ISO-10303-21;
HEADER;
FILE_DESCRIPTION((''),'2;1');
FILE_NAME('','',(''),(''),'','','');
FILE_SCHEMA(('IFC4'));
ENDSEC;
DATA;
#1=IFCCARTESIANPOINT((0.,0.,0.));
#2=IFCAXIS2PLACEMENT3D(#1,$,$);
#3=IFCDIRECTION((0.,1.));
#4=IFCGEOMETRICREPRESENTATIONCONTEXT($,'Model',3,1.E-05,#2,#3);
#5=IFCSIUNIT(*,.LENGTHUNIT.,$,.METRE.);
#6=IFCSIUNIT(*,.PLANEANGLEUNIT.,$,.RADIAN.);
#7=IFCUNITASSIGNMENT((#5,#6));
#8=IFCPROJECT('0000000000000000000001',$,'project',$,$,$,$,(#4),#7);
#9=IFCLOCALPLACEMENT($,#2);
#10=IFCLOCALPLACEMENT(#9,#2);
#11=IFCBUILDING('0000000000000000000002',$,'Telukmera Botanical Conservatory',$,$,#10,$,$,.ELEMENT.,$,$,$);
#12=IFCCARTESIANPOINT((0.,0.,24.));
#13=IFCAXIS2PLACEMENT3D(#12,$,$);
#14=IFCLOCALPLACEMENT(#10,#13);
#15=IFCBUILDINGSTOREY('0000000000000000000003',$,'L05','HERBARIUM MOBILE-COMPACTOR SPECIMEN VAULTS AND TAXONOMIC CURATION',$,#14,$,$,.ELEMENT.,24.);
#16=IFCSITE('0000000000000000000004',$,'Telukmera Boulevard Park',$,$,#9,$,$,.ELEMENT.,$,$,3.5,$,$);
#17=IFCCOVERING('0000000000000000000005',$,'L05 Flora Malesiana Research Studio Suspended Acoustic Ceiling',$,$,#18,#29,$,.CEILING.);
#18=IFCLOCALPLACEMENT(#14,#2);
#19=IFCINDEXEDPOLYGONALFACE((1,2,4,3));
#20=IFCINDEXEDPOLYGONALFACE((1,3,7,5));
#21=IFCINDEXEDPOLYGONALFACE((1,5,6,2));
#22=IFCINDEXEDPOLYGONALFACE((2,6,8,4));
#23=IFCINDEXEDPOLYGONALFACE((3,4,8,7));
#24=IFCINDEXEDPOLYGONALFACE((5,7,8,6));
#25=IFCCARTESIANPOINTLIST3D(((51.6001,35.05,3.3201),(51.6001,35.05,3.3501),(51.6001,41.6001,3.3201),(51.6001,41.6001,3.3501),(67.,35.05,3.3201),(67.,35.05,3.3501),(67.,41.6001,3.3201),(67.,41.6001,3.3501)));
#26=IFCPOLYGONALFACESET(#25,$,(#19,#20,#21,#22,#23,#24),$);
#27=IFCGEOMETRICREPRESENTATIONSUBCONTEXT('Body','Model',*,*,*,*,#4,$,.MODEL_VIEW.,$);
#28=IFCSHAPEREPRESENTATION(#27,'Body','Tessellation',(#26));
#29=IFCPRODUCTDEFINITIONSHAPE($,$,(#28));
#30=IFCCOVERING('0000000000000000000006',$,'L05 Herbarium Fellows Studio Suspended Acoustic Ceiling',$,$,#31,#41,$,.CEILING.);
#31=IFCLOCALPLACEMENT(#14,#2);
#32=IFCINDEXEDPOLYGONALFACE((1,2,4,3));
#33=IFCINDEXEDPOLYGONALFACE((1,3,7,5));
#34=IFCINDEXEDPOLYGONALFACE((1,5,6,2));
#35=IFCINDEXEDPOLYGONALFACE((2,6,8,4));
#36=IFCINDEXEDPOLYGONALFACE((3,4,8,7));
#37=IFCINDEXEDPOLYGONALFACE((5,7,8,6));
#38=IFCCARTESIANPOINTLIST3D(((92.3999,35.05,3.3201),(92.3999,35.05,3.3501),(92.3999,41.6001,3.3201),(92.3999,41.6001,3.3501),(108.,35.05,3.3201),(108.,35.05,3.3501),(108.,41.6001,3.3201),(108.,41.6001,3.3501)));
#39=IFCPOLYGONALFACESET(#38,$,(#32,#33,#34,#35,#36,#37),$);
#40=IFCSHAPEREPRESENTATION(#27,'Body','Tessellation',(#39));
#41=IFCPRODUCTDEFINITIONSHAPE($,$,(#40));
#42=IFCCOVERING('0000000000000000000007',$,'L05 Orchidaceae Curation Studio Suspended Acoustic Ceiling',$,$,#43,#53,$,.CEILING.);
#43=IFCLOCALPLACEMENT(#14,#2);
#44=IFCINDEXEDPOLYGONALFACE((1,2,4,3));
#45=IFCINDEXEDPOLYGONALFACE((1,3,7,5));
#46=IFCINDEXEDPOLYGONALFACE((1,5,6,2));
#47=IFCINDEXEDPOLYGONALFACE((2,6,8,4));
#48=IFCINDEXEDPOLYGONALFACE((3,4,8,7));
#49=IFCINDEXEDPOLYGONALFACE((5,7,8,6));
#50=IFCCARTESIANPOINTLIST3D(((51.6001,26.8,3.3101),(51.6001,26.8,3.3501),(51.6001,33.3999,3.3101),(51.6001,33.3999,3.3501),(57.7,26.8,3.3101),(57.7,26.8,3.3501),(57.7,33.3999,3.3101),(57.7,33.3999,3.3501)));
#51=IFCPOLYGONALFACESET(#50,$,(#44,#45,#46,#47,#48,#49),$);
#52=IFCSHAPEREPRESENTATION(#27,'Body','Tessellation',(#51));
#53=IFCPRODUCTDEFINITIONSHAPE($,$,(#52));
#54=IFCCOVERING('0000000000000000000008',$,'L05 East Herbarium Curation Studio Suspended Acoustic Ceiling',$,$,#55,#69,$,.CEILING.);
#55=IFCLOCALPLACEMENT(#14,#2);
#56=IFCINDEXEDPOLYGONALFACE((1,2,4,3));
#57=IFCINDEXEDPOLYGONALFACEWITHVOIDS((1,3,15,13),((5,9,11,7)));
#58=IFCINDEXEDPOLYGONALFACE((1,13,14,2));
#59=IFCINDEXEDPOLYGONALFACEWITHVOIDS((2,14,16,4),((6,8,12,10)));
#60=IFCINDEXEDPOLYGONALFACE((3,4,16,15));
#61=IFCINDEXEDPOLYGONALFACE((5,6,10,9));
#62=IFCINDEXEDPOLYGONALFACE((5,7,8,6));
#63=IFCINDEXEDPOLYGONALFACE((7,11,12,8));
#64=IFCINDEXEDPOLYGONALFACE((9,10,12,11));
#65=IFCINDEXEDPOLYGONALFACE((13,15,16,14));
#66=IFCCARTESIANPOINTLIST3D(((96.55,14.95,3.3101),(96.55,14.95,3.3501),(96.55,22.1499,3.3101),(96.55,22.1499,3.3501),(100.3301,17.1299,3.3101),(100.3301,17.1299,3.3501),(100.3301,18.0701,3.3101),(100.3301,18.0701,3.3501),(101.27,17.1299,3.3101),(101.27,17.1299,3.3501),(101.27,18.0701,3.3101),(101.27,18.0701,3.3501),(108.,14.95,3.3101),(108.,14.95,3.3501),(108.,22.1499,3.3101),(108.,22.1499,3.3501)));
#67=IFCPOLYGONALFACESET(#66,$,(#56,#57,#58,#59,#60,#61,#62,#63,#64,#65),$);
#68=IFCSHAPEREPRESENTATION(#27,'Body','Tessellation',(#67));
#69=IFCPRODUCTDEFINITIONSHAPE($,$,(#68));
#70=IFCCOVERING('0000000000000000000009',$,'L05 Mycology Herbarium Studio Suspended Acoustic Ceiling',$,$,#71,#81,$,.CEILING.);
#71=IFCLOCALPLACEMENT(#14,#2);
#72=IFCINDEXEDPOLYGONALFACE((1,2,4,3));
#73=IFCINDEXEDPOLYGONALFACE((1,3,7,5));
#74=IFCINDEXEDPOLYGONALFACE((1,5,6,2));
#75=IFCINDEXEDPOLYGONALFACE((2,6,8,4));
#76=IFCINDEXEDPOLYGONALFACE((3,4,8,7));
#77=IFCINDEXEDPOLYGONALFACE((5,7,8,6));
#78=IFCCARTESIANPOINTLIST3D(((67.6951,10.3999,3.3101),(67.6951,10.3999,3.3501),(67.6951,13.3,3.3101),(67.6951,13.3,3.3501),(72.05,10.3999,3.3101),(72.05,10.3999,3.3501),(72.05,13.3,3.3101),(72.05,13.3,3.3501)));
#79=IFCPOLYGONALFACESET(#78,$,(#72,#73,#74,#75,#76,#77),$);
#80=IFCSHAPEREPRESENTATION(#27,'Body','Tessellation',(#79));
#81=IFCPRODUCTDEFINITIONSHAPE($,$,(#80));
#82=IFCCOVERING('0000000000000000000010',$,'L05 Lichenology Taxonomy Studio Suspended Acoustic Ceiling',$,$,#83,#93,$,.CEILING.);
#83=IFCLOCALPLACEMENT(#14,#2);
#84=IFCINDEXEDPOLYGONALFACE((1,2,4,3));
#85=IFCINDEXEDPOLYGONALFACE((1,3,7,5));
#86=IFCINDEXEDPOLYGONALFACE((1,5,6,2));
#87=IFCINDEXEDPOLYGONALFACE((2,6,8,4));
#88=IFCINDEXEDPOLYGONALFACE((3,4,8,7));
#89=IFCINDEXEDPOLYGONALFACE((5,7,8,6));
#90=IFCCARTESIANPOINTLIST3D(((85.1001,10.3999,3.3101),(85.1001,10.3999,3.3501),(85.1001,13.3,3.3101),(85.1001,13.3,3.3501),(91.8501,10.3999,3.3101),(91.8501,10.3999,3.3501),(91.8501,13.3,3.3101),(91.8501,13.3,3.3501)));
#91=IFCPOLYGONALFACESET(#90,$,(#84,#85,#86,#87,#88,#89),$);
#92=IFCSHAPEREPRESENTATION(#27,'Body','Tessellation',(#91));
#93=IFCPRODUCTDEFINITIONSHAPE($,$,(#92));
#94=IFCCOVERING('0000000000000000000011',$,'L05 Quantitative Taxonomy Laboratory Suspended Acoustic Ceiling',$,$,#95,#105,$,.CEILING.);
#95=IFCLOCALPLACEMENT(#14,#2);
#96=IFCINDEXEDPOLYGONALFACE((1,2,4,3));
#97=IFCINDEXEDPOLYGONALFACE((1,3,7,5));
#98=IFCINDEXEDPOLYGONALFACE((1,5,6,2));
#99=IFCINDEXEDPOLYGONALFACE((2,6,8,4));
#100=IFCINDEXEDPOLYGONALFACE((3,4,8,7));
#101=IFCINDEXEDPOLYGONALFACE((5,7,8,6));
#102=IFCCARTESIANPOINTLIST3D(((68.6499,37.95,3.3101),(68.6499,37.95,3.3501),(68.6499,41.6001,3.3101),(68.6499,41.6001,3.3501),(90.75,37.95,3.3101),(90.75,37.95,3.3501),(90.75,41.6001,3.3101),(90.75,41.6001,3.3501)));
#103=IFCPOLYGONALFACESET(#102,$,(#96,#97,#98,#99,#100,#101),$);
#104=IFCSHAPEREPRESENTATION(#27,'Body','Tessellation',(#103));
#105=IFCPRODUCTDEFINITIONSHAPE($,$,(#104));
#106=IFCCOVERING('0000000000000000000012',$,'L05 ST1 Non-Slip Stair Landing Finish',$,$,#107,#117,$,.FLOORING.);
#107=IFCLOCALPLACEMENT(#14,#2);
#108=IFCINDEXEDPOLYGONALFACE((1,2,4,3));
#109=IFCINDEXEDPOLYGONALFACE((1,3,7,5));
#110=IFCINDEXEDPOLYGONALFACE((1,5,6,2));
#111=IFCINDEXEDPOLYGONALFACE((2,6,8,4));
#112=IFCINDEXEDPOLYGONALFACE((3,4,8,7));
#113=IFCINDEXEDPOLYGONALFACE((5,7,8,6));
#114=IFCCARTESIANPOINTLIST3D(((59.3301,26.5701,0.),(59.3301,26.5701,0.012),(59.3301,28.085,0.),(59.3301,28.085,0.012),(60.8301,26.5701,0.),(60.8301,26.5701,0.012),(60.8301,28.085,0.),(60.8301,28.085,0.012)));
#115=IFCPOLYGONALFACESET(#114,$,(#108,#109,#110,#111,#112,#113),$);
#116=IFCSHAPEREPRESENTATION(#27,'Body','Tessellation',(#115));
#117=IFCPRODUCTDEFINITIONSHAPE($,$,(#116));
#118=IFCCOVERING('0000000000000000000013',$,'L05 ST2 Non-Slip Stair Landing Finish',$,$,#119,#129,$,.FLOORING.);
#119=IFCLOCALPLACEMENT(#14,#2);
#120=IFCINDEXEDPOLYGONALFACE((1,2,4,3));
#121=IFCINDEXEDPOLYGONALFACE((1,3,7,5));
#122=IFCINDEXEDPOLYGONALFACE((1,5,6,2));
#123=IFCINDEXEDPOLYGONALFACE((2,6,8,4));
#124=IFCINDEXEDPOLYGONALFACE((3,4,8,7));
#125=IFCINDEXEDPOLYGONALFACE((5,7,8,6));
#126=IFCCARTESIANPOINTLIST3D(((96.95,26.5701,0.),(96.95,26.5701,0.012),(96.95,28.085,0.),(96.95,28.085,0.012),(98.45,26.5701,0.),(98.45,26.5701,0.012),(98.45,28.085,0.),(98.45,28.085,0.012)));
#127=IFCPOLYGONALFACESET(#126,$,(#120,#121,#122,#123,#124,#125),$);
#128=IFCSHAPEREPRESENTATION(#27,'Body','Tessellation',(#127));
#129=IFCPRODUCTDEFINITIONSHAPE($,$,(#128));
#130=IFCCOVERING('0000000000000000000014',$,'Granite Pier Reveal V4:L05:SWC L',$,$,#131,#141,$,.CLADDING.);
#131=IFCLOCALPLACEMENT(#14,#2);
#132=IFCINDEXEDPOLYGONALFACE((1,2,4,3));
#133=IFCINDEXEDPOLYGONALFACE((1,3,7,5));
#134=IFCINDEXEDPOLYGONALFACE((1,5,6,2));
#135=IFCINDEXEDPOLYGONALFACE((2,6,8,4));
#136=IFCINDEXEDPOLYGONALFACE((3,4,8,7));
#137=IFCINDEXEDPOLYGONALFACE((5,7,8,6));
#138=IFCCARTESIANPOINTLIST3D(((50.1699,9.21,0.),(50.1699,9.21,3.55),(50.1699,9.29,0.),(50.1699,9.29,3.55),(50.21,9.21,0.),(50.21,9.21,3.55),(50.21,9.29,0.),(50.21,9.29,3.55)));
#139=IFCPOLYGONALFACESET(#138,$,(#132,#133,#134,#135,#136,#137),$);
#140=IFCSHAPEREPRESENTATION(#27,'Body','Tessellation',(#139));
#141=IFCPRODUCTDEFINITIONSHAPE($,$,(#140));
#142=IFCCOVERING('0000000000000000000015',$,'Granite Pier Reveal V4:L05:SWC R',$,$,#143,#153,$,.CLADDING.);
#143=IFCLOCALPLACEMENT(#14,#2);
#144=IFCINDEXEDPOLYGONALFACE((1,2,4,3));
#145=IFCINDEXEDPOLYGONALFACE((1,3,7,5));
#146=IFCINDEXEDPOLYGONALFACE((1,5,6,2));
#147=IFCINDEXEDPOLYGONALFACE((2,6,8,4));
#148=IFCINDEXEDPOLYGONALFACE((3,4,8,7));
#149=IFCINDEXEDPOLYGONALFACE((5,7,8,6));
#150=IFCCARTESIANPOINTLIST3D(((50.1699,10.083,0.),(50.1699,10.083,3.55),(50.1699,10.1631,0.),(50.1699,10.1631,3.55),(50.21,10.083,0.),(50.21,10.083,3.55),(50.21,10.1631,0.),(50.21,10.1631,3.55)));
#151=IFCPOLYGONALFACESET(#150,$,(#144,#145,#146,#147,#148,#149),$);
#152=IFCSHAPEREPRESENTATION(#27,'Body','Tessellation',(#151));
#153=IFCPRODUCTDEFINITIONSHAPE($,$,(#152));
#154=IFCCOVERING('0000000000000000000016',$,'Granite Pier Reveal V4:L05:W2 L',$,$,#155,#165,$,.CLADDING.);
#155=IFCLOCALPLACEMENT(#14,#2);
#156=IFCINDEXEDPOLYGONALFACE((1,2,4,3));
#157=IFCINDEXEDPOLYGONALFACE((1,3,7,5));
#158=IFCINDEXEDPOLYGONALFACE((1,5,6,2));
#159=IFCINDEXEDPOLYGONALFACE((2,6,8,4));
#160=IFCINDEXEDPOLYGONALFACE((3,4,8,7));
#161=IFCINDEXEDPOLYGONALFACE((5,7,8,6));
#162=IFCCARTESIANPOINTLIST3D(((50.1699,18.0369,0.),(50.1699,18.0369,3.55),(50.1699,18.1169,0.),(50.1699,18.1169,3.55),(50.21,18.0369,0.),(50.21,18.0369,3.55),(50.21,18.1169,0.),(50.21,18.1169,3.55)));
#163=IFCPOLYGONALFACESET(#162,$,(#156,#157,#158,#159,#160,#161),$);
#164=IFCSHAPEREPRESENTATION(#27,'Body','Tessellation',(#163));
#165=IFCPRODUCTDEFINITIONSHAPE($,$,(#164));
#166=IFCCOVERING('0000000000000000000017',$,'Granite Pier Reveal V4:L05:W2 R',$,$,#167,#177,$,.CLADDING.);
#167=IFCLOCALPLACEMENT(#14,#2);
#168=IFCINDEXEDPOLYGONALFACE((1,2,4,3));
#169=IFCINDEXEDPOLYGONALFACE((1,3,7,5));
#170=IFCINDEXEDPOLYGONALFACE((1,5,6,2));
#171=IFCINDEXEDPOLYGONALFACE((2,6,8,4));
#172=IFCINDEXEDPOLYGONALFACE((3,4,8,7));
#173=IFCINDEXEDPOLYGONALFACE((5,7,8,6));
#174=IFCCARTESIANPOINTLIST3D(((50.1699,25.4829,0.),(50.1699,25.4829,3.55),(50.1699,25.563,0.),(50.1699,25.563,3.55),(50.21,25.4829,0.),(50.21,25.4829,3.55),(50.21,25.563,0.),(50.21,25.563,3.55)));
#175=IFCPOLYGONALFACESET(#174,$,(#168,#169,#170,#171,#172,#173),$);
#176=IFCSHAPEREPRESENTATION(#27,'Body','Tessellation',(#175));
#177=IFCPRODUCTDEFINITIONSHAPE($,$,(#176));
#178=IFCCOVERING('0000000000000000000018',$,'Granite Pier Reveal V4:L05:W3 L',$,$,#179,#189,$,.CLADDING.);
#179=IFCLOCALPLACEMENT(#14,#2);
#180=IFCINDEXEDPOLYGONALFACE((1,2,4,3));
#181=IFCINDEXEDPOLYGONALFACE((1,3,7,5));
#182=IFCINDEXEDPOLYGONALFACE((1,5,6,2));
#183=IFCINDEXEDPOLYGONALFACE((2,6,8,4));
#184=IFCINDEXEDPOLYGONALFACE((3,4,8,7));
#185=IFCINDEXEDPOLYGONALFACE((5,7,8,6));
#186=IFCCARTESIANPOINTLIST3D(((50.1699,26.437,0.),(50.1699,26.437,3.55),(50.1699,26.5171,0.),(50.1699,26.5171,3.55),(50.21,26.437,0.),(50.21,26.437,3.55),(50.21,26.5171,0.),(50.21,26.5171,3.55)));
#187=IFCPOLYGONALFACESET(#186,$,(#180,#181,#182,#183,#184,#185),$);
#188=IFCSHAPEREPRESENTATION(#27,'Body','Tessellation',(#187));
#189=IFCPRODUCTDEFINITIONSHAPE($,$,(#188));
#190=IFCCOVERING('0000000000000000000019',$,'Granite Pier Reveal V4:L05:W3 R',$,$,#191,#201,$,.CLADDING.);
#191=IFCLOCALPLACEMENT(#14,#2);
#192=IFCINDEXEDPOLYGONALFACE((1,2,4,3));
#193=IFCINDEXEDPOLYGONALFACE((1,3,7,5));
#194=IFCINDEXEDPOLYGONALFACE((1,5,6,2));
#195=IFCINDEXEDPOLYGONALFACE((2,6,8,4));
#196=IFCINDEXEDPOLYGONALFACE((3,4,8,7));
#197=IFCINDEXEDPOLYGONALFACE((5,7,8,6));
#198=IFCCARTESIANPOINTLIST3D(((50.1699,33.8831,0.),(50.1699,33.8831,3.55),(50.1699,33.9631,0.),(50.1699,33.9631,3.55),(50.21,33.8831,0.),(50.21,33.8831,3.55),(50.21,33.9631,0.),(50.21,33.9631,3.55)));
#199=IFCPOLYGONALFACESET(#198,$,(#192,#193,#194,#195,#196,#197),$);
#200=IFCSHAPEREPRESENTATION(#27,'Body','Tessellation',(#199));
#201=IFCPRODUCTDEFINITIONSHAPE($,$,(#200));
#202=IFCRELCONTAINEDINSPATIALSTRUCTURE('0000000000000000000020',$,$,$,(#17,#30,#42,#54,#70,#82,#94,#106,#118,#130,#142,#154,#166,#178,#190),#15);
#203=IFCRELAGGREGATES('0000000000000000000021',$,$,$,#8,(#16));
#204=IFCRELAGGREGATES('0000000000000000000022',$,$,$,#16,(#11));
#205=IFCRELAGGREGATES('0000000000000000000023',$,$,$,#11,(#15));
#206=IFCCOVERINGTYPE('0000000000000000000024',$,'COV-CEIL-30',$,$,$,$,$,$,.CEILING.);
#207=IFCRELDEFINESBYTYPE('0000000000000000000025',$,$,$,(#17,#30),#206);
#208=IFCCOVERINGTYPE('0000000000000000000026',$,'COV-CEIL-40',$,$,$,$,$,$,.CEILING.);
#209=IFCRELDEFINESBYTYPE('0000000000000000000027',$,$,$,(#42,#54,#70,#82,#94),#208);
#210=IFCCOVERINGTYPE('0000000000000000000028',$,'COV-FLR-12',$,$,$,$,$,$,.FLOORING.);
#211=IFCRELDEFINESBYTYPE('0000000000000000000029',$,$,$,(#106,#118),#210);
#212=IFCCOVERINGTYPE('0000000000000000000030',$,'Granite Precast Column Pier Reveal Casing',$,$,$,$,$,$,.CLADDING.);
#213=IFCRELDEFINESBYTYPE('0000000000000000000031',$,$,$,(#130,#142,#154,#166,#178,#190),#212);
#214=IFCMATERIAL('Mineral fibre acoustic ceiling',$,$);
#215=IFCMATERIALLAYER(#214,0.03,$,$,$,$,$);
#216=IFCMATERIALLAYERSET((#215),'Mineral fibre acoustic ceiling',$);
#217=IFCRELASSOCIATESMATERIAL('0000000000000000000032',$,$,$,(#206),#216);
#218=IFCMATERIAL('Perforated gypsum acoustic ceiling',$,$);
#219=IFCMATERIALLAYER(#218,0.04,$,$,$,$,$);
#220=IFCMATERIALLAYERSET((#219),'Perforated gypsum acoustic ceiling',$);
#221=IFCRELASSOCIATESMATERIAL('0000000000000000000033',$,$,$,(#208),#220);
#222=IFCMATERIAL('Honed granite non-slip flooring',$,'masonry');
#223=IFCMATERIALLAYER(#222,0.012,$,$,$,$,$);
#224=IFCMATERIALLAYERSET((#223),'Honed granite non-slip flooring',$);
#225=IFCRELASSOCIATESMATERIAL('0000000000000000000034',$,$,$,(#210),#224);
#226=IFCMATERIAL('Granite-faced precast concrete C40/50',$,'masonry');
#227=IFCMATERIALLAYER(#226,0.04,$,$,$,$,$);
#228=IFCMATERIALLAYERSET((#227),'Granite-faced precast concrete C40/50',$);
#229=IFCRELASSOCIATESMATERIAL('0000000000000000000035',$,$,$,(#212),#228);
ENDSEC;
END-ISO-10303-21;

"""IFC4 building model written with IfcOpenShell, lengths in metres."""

from ifc_helpers import new_model, si_unit, direction, frame, origin, origin_2d, place, context, subcontext, project, spatial, polyline, rectangle, outline, extrude, material, layer, layer_set, type_object, element, save


model = new_model("IFC4")

# Units and contexts
model_context = context("Model", 3, precision=1e-05, world=origin(), true_north=direction((0.0, 1.0)))
body_context = subcontext(model_context, "Body", "Model", "MODEL_VIEW")
ifc_project = project(units=[si_unit("LENGTHUNIT", "METRE"), si_unit("PLANEANGLEUNIT", "RADIAN")], contexts=[model_context])

# Site, building, storey
site_placement = place(None, origin())
site = spatial("IfcSite", under=ifc_project, at=site_placement, Name="Telukmera Boulevard Park", CompositionType="ELEMENT", RefElevation=3.5)
building_placement = place(site_placement, origin())
building = spatial("IfcBuilding", under=site, at=building_placement, Name="Telukmera Botanical Conservatory", CompositionType="ELEMENT")
storey_placement = place(building_placement, frame((0.0, 0.0, 24.0)))
storey = spatial("IfcBuildingStorey", under=building, at=storey_placement, Name="L05", Description="HERBARIUM MOBILE-COMPACTOR SPECIMEN VAULTS AND TAXONOMIC CURATION", CompositionType="ELEMENT", Elevation=24.0)

# Coverings
ifc_material_1 = material(Name="Mineral fibre acoustic ceiling")
ifc_layer_1 = layer(ifc_material_1, 0.03)
ifc_layer_set_1 = layer_set([ifc_layer_1], Name="Mineral fibre acoustic ceiling")
covering_type_1 = type_object("IfcCoveringType", Name="COV-CEIL-30", PredefinedType="CEILING", material=ifc_layer_set_1)
covering_1_placement = place(storey_placement, frame((0.0, 0.0, 3.3201)))
element("IfcCovering", 1, at=covering_1_placement, inside=storey, type_object=covering_type_1, Name="L05 Flora Malesiana Research Studio Suspended Acoustic Ceiling", PredefinedType="CEILING", context=body_context, shape_type="SweptSolid", body=[
    extrude(outline(polyline([(51.6001, 35.05), (67.0, 35.05), (67.0, 41.6001), (51.6001, 41.6001), (51.6001, 35.05)])), origin(), (0.0, 0.0, 1.0), 0.03),
])
covering_2_placement = place(storey_placement, frame((0.0, 0.0, 3.3201)))
element("IfcCovering", 2, at=covering_2_placement, inside=storey, type_object=covering_type_1, Name="L05 Herbarium Fellows Studio Suspended Acoustic Ceiling", PredefinedType="CEILING", context=body_context, shape_type="SweptSolid", body=[
    extrude(outline(polyline([(92.3999, 35.05), (108.0, 35.05), (108.0, 41.6001), (92.3999, 41.6001), (92.3999, 35.05)])), origin(), (0.0, 0.0, 1.0), 0.03),
])
ifc_material_2 = material(Name="Perforated gypsum acoustic ceiling")
ifc_layer_2 = layer(ifc_material_2, 0.04)
ifc_layer_set_2 = layer_set([ifc_layer_2], Name="Perforated gypsum acoustic ceiling")
covering_type_2 = type_object("IfcCoveringType", Name="COV-CEIL-40", PredefinedType="CEILING", material=ifc_layer_set_2)
covering_3_placement = place(storey_placement, frame((0.0, 0.0, 3.3101)))
element("IfcCovering", 3, at=covering_3_placement, inside=storey, type_object=covering_type_2, Name="L05 Orchidaceae Curation Studio Suspended Acoustic Ceiling", PredefinedType="CEILING", context=body_context, shape_type="SweptSolid", body=[
    extrude(outline(polyline([(51.6001, 26.8), (57.7, 26.8), (57.7, 33.3999), (51.6001, 33.3999), (51.6001, 26.8)])), origin(), (0.0, 0.0, 1.0), 0.04),
])
covering_4_placement = place(storey_placement, frame((0.0, 0.0, 3.3101)))
element("IfcCovering", 4, at=covering_4_placement, inside=storey, type_object=covering_type_2, Name="L05 East Herbarium Curation Studio Suspended Acoustic Ceiling", PredefinedType="CEILING", context=body_context, shape_type="SweptSolid", body=[
    extrude(outline(polyline([(96.55, 14.95), (108.0, 14.95), (108.0, 22.1499), (96.55, 22.1499), (96.55, 14.95)]), holes=[polyline([(100.3301, 17.1299), (101.27, 17.1299), (101.27, 18.0701), (100.3301, 18.0701), (100.3301, 17.1299)])]), origin(), (0.0, 0.0, 1.0), 0.04),
])
covering_5_placement = place(storey_placement, frame((0.0, 0.0, 3.3101)))
element("IfcCovering", 5, at=covering_5_placement, inside=storey, type_object=covering_type_2, Name="L05 Mycology Herbarium Studio Suspended Acoustic Ceiling", PredefinedType="CEILING", context=body_context, shape_type="SweptSolid", body=[
    extrude(outline(polyline([(67.6951, 10.3999), (72.05, 10.3999), (72.05, 13.3), (67.6951, 13.3), (67.6951, 10.3999)])), origin(), (0.0, 0.0, 1.0), 0.04),
])
covering_6_placement = place(storey_placement, frame((0.0, 0.0, 3.3101)))
element("IfcCovering", 6, at=covering_6_placement, inside=storey, type_object=covering_type_2, Name="L05 Lichenology Taxonomy Studio Suspended Acoustic Ceiling", PredefinedType="CEILING", context=body_context, shape_type="SweptSolid", body=[
    extrude(outline(polyline([(85.1001, 10.3999), (91.8501, 10.3999), (91.8501, 13.3), (85.1001, 13.3), (85.1001, 10.3999)])), origin(), (0.0, 0.0, 1.0), 0.04),
])
covering_7_placement = place(storey_placement, frame((0.0, 0.0, 3.3101)))
element("IfcCovering", 7, at=covering_7_placement, inside=storey, type_object=covering_type_2, Name="L05 Quantitative Taxonomy Laboratory Suspended Acoustic Ceiling", PredefinedType="CEILING", context=body_context, shape_type="SweptSolid", body=[
    extrude(outline(polyline([(68.6499, 37.95), (90.75, 37.95), (90.75, 41.6001), (68.6499, 41.6001), (68.6499, 37.95)])), origin(), (0.0, 0.0, 1.0), 0.04),
])
ifc_material_3 = material(Name="Honed granite non-slip flooring", Category="masonry")
ifc_layer_3 = layer(ifc_material_3, 0.012)
ifc_layer_set_3 = layer_set([ifc_layer_3], Name="Honed granite non-slip flooring")
covering_type_3 = type_object("IfcCoveringType", Name="COV-FLR-12", PredefinedType="FLOORING", material=ifc_layer_set_3)
covering_8_placement = place(storey_placement, origin())
element("IfcCovering", 8, at=covering_8_placement, inside=storey, type_object=covering_type_3, Name="L05 ST1 Non-Slip Stair Landing Finish", PredefinedType="FLOORING", context=body_context, shape_type="SweptSolid", body=[
    extrude(outline(polyline([(60.8301, 26.5701), (60.8301, 28.085), (59.3301, 28.085), (59.3301, 26.5701), (60.8301, 26.5701)])), origin(), (0.0, 0.0, 1.0), 0.012),
])
covering_9_placement = place(storey_placement, origin())
element("IfcCovering", 9, at=covering_9_placement, inside=storey, type_object=covering_type_3, Name="L05 ST2 Non-Slip Stair Landing Finish", PredefinedType="FLOORING", context=body_context, shape_type="SweptSolid", body=[
    extrude(outline(polyline([(98.45, 26.5701), (98.45, 28.085), (96.95, 28.085), (96.95, 26.5701), (98.45, 26.5701)])), origin(), (0.0, 0.0, 1.0), 0.012),
])
ifc_material_4 = material(Name="Granite-faced precast concrete C40/50", Category="masonry")
ifc_layer_4 = layer(ifc_material_4, 0.04)
ifc_layer_set_4 = layer_set([ifc_layer_4], Name="Granite-faced precast concrete C40/50")
covering_type_4 = type_object("IfcCoveringType", Name="Granite Precast Column Pier Reveal Casing", PredefinedType="CLADDING", material=ifc_layer_set_4)
for number, where, z_axis, x_axis, name in (
    (10, (50.1899, 9.25, 0.0), (0.0, 0.0, 1.0), (0.0, 1.0, 0.0), "Granite Pier Reveal V4:L05:SWC L"),
    (11, (50.1899, 10.123, 0.0), (0.0, 0.0, 1.0), (0.0, 1.0, 0.0), "Granite Pier Reveal V4:L05:SWC R"),
    (12, (50.1899, 18.0769, 0.0), (0.0, 0.0, 1.0), (0.0, 1.0, 0.0), "Granite Pier Reveal V4:L05:W2 L"),
    (13, (50.1899, 25.5229, 0.0), (0.0, 0.0, 1.0), (0.0, 1.0, 0.0), "Granite Pier Reveal V4:L05:W2 R"),
    (14, (50.1899, 26.4771, 0.0), (0.0, 0.0, 1.0), (0.0, 1.0, 0.0), "Granite Pier Reveal V4:L05:W3 L"),
    (15, (50.1899, 33.9231, 0.0), (0.0, 0.0, 1.0), (0.0, 1.0, 0.0), "Granite Pier Reveal V4:L05:W3 R"),
):
    element("IfcCovering", number, at=place(storey_placement, frame(where, z_axis=z_axis, x_axis=x_axis)), inside=storey, type_object=covering_type_4, Name=name, PredefinedType="CLADDING", context=body_context, shape_type="SweptSolid", body=[
        extrude(rectangle(XDim=0.0801, YDim=0.04, at=origin_2d()), origin(), (0.0, 0.0, 1.0), 3.55),
    ])

save(model, "model.ifc")
